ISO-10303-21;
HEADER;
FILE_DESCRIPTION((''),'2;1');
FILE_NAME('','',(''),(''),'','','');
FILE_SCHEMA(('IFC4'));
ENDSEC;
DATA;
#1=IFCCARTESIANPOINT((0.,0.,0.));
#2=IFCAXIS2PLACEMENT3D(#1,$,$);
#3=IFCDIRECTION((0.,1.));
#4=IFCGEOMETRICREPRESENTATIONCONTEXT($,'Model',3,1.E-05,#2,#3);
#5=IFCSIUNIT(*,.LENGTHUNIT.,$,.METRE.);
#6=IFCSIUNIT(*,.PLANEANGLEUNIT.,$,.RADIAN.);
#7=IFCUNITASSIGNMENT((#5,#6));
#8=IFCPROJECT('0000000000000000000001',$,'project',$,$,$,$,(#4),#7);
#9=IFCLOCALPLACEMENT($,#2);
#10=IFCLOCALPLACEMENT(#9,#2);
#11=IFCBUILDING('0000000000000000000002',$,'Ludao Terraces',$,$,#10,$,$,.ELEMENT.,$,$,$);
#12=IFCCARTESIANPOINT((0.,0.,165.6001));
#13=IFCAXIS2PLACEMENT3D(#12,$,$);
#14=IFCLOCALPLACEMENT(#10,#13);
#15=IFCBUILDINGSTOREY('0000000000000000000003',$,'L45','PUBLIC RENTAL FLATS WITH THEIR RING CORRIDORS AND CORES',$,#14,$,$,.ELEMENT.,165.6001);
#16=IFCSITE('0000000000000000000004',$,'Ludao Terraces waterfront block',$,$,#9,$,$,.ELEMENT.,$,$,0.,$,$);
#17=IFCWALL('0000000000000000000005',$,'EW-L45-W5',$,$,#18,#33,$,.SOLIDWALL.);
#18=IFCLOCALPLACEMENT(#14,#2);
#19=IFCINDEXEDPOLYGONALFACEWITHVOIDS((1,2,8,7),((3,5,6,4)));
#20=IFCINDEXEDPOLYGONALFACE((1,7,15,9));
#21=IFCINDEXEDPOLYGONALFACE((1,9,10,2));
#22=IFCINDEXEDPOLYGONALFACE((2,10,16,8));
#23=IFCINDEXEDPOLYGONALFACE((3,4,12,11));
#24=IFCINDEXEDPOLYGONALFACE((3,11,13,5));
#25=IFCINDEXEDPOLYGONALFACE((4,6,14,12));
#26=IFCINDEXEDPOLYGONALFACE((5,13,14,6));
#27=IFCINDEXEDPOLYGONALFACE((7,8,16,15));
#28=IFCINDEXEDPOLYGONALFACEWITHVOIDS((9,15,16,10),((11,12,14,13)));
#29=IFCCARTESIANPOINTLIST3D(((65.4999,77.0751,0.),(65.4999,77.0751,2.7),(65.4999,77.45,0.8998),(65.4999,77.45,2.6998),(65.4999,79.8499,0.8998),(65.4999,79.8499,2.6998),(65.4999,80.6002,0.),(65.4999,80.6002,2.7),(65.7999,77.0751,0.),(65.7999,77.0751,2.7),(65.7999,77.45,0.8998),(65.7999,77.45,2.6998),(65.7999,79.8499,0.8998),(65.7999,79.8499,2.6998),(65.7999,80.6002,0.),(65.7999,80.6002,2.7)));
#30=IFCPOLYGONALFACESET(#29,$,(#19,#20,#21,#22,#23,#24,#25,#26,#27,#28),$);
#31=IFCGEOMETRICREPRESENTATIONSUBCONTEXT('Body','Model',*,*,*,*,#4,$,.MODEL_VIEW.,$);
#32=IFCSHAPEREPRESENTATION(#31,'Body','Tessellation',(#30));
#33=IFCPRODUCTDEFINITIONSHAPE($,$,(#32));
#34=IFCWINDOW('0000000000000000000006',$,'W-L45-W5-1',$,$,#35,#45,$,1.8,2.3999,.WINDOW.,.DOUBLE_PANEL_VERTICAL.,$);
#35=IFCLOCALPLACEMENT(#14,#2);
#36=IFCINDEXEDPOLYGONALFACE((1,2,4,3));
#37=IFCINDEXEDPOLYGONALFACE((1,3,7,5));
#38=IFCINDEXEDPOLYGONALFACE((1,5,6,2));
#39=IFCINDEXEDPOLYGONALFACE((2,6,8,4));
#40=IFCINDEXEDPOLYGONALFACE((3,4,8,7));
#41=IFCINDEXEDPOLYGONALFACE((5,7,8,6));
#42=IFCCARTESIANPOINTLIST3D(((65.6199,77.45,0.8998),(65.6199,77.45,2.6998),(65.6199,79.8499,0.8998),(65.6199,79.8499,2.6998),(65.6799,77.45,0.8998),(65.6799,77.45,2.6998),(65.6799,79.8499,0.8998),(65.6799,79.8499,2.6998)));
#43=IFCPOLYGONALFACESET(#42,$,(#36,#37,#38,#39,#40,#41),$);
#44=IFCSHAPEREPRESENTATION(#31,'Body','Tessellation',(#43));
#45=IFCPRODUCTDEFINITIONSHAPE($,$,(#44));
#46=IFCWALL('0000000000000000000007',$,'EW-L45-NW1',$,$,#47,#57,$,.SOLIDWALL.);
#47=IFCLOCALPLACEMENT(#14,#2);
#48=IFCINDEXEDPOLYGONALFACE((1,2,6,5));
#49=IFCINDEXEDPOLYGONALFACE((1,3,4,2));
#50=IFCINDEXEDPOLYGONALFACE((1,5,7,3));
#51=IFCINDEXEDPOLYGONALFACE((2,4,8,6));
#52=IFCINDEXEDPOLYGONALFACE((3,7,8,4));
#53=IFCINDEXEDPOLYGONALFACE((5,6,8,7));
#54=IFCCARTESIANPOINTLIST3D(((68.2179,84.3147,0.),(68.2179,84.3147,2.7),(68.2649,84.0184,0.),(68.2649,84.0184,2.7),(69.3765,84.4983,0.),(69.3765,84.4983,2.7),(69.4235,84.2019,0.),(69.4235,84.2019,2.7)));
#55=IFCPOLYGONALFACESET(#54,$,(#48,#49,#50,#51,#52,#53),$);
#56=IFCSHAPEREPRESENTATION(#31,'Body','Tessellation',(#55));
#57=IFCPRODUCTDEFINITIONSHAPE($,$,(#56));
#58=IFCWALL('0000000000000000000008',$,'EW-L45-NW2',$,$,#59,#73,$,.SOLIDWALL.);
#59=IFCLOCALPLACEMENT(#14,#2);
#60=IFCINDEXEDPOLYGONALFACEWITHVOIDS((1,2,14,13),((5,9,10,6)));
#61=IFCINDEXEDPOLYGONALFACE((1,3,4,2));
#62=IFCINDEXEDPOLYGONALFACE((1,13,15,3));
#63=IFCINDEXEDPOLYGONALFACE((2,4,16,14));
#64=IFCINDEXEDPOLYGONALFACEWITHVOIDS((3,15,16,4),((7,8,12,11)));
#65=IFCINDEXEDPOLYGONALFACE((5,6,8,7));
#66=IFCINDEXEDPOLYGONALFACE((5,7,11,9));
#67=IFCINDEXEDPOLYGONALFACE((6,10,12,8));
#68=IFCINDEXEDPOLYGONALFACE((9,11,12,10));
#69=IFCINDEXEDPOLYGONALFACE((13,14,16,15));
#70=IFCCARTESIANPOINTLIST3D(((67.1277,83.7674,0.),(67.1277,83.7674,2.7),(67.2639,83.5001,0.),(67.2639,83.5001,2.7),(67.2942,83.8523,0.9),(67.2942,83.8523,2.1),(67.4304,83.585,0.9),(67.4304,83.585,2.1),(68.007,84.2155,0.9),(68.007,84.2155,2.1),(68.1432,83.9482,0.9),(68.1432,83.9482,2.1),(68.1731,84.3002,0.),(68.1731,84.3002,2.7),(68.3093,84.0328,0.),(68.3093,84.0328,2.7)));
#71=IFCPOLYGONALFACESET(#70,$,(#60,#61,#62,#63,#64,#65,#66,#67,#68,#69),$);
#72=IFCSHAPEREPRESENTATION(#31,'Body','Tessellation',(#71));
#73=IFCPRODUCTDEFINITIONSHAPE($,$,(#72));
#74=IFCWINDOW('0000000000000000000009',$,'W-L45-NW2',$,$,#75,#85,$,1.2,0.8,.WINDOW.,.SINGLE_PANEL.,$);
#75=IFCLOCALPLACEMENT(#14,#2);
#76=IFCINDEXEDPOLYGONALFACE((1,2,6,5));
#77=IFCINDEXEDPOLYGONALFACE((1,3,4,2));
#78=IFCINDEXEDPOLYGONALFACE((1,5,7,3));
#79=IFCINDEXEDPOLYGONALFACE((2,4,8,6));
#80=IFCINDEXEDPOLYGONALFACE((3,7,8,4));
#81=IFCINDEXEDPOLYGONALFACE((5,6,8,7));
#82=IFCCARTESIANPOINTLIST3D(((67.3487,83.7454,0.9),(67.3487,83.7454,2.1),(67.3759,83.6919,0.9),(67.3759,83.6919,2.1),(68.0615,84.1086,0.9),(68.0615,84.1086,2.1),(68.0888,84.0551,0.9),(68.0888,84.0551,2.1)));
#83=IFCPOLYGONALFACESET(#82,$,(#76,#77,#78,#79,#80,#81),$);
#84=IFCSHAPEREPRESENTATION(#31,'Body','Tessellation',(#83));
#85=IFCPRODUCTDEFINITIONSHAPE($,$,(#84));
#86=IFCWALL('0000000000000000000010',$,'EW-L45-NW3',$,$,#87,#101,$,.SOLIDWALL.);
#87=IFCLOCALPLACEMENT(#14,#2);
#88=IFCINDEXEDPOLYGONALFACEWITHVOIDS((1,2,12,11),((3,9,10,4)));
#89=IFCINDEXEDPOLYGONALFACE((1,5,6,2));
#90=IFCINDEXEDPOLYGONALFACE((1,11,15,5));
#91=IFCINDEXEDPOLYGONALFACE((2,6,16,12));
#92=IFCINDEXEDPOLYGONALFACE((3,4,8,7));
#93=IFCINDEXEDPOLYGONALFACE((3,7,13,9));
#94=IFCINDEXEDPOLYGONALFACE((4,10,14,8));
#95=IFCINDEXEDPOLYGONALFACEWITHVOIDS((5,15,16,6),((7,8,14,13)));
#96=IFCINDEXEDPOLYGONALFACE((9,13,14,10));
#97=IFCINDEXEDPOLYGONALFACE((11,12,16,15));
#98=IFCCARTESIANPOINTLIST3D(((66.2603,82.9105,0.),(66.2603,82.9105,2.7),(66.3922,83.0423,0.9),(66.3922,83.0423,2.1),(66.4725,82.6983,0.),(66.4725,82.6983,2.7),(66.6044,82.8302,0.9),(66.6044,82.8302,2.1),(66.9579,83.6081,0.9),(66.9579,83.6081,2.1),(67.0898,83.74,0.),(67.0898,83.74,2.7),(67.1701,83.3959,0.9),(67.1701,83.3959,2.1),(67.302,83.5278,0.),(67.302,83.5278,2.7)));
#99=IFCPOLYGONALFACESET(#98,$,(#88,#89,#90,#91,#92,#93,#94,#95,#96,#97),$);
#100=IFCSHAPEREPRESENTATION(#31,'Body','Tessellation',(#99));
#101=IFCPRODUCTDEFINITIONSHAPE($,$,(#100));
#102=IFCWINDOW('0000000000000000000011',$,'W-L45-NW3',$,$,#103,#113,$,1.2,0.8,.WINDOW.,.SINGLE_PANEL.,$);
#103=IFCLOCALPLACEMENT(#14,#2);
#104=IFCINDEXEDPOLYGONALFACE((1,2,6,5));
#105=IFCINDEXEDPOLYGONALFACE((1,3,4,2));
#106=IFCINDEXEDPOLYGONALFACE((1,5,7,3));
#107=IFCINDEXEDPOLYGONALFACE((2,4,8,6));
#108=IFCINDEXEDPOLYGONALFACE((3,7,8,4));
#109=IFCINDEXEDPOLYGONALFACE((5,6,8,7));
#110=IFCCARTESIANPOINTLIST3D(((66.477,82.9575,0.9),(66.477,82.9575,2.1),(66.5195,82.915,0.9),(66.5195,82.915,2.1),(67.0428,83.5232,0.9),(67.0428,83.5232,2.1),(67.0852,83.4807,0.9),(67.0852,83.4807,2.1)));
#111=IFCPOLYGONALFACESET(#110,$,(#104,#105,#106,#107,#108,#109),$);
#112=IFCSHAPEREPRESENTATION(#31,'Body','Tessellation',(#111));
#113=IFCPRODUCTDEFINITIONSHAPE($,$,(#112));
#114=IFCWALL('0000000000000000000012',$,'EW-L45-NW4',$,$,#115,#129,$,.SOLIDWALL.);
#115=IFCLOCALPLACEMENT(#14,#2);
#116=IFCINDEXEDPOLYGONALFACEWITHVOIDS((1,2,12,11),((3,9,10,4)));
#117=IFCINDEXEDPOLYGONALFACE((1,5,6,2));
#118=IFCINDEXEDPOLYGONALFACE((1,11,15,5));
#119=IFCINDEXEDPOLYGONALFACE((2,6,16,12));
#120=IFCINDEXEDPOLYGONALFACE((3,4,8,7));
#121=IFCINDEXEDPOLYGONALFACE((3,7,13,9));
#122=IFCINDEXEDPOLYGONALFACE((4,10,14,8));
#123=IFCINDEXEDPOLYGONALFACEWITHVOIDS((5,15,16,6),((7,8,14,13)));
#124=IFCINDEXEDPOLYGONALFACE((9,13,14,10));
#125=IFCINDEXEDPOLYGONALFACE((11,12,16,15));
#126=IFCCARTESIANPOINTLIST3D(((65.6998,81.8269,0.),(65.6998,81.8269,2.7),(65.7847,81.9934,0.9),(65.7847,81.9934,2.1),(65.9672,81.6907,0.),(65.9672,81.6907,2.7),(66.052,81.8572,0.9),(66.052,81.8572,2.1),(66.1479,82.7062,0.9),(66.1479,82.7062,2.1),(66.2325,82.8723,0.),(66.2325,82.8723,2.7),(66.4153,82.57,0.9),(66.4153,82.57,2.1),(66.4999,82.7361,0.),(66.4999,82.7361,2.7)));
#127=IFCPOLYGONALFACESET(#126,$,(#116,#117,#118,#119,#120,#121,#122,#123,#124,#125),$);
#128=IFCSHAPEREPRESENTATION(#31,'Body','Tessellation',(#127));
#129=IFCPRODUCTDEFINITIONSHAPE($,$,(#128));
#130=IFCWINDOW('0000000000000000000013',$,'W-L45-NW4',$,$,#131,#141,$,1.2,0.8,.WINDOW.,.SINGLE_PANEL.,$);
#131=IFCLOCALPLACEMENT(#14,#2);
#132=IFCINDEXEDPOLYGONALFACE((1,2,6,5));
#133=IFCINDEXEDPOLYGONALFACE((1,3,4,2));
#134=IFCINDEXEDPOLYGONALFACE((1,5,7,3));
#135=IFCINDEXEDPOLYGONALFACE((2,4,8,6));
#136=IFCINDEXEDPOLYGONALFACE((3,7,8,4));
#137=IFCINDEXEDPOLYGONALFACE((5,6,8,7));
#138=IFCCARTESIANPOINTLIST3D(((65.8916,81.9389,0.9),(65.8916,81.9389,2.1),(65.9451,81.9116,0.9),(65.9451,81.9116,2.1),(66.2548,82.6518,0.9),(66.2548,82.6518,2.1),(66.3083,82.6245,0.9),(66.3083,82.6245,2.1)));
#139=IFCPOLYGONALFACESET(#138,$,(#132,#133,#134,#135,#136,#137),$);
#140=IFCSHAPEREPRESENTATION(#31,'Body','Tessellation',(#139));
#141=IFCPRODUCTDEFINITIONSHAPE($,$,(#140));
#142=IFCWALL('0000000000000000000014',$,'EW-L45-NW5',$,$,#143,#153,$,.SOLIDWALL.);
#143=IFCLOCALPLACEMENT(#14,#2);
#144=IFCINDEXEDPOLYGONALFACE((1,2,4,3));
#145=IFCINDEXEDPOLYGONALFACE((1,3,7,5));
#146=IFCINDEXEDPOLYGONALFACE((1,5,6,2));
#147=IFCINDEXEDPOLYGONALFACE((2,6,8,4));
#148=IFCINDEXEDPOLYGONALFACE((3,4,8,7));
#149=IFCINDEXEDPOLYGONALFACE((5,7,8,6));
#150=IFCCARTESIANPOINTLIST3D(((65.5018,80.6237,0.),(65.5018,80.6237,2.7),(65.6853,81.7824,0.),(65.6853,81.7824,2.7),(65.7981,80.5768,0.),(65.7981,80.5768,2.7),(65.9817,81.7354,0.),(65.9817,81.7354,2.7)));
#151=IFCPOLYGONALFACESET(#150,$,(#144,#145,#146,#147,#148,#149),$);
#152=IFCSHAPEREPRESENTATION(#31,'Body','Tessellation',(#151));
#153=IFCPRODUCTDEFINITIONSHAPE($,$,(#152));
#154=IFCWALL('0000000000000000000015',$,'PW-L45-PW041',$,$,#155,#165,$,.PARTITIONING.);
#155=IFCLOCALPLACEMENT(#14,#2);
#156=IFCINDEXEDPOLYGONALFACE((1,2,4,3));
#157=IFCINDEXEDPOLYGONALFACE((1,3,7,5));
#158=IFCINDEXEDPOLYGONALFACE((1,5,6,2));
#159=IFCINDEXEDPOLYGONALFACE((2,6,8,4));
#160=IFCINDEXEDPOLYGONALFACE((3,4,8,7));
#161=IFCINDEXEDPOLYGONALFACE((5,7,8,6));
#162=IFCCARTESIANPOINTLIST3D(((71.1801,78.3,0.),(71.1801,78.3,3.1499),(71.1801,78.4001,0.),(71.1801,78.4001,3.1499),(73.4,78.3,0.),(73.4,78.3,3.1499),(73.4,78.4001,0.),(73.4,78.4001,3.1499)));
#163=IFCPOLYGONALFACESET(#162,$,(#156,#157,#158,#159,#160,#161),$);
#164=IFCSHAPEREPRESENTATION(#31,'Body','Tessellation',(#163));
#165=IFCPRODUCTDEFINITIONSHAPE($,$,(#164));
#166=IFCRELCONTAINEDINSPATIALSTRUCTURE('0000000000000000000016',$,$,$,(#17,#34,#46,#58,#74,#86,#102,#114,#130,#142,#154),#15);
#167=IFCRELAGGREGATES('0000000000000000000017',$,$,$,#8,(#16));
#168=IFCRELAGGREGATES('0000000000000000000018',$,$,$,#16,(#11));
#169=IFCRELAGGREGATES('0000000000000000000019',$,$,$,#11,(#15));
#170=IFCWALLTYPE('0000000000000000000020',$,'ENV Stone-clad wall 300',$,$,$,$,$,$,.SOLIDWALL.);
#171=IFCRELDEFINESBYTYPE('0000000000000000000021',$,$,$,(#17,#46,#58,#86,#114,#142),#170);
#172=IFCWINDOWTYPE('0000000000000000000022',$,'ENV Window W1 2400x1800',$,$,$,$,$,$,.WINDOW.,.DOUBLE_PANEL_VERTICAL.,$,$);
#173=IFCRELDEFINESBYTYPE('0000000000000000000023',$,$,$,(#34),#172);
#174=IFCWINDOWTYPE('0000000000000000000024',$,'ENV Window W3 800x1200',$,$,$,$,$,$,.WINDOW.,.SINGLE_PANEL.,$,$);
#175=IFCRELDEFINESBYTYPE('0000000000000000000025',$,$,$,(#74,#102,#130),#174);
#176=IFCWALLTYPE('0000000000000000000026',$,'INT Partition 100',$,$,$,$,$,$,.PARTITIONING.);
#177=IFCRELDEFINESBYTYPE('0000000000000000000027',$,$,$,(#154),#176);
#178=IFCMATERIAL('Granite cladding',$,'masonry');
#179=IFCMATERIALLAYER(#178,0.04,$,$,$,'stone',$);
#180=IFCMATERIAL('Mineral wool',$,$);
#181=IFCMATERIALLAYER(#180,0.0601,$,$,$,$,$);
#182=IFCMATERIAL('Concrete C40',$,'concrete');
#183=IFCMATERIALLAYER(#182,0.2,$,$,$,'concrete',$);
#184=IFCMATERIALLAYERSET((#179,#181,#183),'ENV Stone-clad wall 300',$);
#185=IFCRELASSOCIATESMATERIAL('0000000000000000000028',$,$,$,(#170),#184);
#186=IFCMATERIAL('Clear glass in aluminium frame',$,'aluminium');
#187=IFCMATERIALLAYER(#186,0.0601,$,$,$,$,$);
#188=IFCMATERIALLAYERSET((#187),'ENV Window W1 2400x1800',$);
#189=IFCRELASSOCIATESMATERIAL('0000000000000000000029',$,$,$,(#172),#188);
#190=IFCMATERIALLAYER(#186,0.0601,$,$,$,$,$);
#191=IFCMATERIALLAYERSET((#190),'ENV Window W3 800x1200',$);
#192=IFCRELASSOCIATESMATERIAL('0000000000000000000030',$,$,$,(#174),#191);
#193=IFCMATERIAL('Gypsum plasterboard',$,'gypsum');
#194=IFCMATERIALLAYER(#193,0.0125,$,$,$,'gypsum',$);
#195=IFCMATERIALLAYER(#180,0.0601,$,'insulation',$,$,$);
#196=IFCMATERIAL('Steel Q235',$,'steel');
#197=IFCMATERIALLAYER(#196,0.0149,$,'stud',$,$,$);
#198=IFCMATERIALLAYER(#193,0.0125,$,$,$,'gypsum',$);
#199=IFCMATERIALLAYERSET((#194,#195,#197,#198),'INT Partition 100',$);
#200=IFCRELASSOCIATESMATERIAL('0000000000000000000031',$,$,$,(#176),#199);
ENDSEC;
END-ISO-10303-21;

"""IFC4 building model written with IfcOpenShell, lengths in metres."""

from ifc_helpers import new_model, si_unit, direction, frame, frame_2d, origin, place, context, subcontext, project, spatial, rectangle, extrude, material, layer, layer_set, type_object, element, fill, save


model = new_model("IFC4")

# Units and contexts
model_context = context("Model", 3, precision=1e-05, world=origin(), true_north=direction((0.0, 1.0)))
body_context = subcontext(model_context, "Body", "Model", "MODEL_VIEW")
ifc_project = project(units=[si_unit("LENGTHUNIT", "METRE"), si_unit("PLANEANGLEUNIT", "RADIAN")], contexts=[model_context])

# Site, building, storey
site_placement = place(None, origin())
site = spatial("IfcSite", under=ifc_project, at=site_placement, Name="Ludao Terraces waterfront block", CompositionType="ELEMENT", RefElevation=0.0)
building_placement = place(site_placement, origin())
building = spatial("IfcBuilding", under=site, at=building_placement, Name="Ludao Terraces", CompositionType="ELEMENT")
storey_placement = place(building_placement, frame((0.0, 0.0, 165.6001)))
storey = spatial("IfcBuildingStorey", under=building, at=storey_placement, Name="L45", Description="PUBLIC RENTAL FLATS WITH THEIR RING CORRIDORS AND CORES", CompositionType="ELEMENT", Elevation=165.6001)

# Shared definitions
ifc_material_1 = material(Name="Concrete C40", Category="concrete")

# Shared definitions
ifc_material_2 = material(Name="Steel Q235", Category="steel")

# Shared definitions
ifc_material_3 = material(Name="Granite cladding", Category="masonry")
ifc_layer_1 = layer(ifc_material_3, 0.04, Category="stone")
ifc_material_4 = material(Name="Mineral wool")
ifc_layer_2 = layer(ifc_material_4, 0.0601)
ifc_layer_3 = layer(ifc_material_1, 0.2, Category="concrete")
ifc_layer_set_1 = layer_set([ifc_layer_1, ifc_layer_2, ifc_layer_3], Name="ENV Stone-clad wall 300")
wall_type_1 = type_object("IfcWallType", Name="ENV Stone-clad wall 300", PredefinedType="SOLIDWALL", material=ifc_layer_set_1)
ifc_material_5 = material(Name="Clear glass in aluminium frame", Category="aluminium")
ifc_layer_4 = layer(ifc_material_5, 0.0601)
ifc_layer_set_2 = layer_set([ifc_layer_4], Name="ENV Window W1 2400x1800")
window_type_1 = type_object("IfcWindowType", Name="ENV Window W1 2400x1800", PartitioningType="DOUBLE_PANEL_VERTICAL", PredefinedType="WINDOW", material=ifc_layer_set_2)

# Wall, opening, window
wall_1_placement = place(storey_placement, frame((65.6499, 77.075, 0.0), z_axis=(0.0, 0.0, 1.0), x_axis=(0.0, 1.0, 0.0)))
wall_1 = element("IfcWall", 1, at=wall_1_placement, inside=storey, type_object=wall_type_1, Name="EW-L45-W5", PredefinedType="SOLIDWALL", context=body_context, shape_type="SweptSolid", body=[
    extrude(rectangle(XDim=3.5251, YDim=0.3, at=frame_2d((1.7627, 0.0))), origin(), (0.0, 0.0, 1.0), 2.7),
])
opening_1_placement = place(wall_1_placement, frame((0.375, 0.0, 0.8999)))
opening_1 = element("IfcOpeningElement", 2, at=opening_1_placement, cuts=wall_1, PredefinedType="OPENING", context=body_context, shape_type="SweptSolid", body=[
    extrude(rectangle(XDim=2.3999, YDim=1.8, at=frame_2d((1.2, 0.8999))), frame((0.0, 0.1602, 0.0), z_axis=(0.0, -1.0, 0.0), x_axis=(1.0, 0.0, 0.0)), (0.0, 0.0, 1.0), 0.3201),
])
window_1_placement = place(opening_1_placement, origin())
window_1 = element("IfcWindow", 3, at=window_1_placement, inside=storey, type_object=window_type_1, Name="W-L45-W5-1", OverallHeight=1.8, OverallWidth=2.3999, PartitioningType="DOUBLE_PANEL_VERTICAL", PredefinedType="WINDOW", context=body_context, shape_type="SweptSolid", body=[
    extrude(rectangle(XDim=2.3999, YDim=1.8, at=frame_2d((1.2, 0.8999))), frame((0.0, 0.03, 0.0), z_axis=(0.0, -1.0, 0.0), x_axis=(1.0, 0.0, 0.0)), (0.0, 0.0, 1.0), 0.0601),
])
fill(opening_1, window_1)

# Wall
wall_2_placement = place(storey_placement, frame((69.3999, 84.3501, 0.0), z_axis=(0.0, 0.0, 1.0), x_axis=(-0.987678, -0.156497, 0.0)))
element("IfcWall", 4, at=wall_2_placement, inside=storey, type_object=wall_type_1, Name="EW-L45-NW1", PredefinedType="SOLIDWALL", context=body_context, shape_type="SweptSolid", body=[
    extrude(rectangle(XDim=1.1731, YDim=0.3, at=frame_2d((0.5864, 0.0))), origin(), (0.0, 0.0, 1.0), 2.7),
])

# Walls, openings, windows
wall_3_placement = place(storey_placement, frame((68.2412, 84.1665, 0.0), z_axis=(0.0, 0.0, 1.0), x_axis=(-0.890989, -0.454026, 0.0)))
wall_3 = element("IfcWall", 5, at=wall_3_placement, inside=storey, type_object=wall_type_1, Name="EW-L45-NW2", PredefinedType="SOLIDWALL", context=body_context, shape_type="SweptSolid", body=[
    extrude(rectangle(XDim=1.1733, YDim=0.3, at=frame_2d((0.5867, 0.0))), origin(), (0.0, 0.0, 1.0), 2.7),
])
opening_2_placement = place(wall_3_placement, frame((0.1865, 0.0, 0.8999)))
opening_2 = element("IfcOpeningElement", 6, at=opening_2_placement, cuts=wall_3, PredefinedType="OPENING", context=body_context, shape_type="SweptSolid", body=[
    extrude(rectangle(XDim=0.8, YDim=1.2, at=frame_2d((0.3999, 0.6001))), frame((0.0, 0.1602, 0.0), z_axis=(0.0, -1.0, 0.0), x_axis=(1.0, 0.0, 0.0)), (0.0, 0.0, 1.0), 0.3201),
])
ifc_layer_5 = layer(ifc_material_5, 0.0601)
ifc_layer_set_3 = layer_set([ifc_layer_5], Name="ENV Window W3 800x1200")
window_type_2 = type_object("IfcWindowType", Name="ENV Window W3 800x1200", PartitioningType="SINGLE_PANEL", PredefinedType="WINDOW", material=ifc_layer_set_3)
window_2_placement = place(opening_2_placement, origin())
window_2 = element("IfcWindow", 7, at=window_2_placement, inside=storey, type_object=window_type_2, Name="W-L45-NW2", OverallHeight=1.2, OverallWidth=0.8, PartitioningType="SINGLE_PANEL", PredefinedType="WINDOW", context=body_context, shape_type="SweptSolid", body=[
    extrude(rectangle(XDim=0.8, YDim=1.2, at=frame_2d((0.3999, 0.6001))), frame((0.0, 0.03, 0.0), z_axis=(0.0, -1.0, 0.0), x_axis=(1.0, 0.0, 0.0)), (0.0, 0.0, 1.0), 0.0601),
])
fill(opening_2, window_2)
wall_4_placement = place(storey_placement, frame((67.1958, 83.6338, 0.0), z_axis=(0.0, 0.0, 1.0), x_axis=(-0.707107, -0.707107, 0.0)))
wall_4 = element("IfcWall", 8, at=wall_4_placement, inside=storey, type_object=wall_type_1, Name="EW-L45-NW3", PredefinedType="SOLIDWALL", context=body_context, shape_type="SweptSolid", body=[
    extrude(rectangle(XDim=1.1731, YDim=0.3, at=frame_2d((0.5864, 0.0))), origin(), (0.0, 0.0, 1.0), 2.7),
])
opening_3_placement = place(wall_4_placement, frame((0.1865, 0.0, 0.8999)))
opening_3 = element("IfcOpeningElement", 9, at=opening_3_placement, cuts=wall_4, PredefinedType="OPENING", context=body_context, shape_type="SweptSolid", body=[
    extrude(rectangle(XDim=0.8, YDim=1.2, at=frame_2d((0.3999, 0.6001))), frame((0.0, 0.1602, 0.0), z_axis=(0.0, -1.0, 0.0), x_axis=(1.0, 0.0, 0.0)), (0.0, 0.0, 1.0), 0.3201),
])
window_3_placement = place(opening_3_placement, origin())
window_3 = element("IfcWindow", 10, at=window_3_placement, inside=storey, type_object=window_type_2, Name="W-L45-NW3", OverallHeight=1.2, OverallWidth=0.8, PartitioningType="SINGLE_PANEL", PredefinedType="WINDOW", context=body_context, shape_type="SweptSolid", body=[
    extrude(rectangle(XDim=0.8, YDim=1.2, at=frame_2d((0.3999, 0.6001))), frame((0.0, 0.03, 0.0), z_axis=(0.0, -1.0, 0.0), x_axis=(1.0, 0.0, 0.0)), (0.0, 0.0, 1.0), 0.0601),
])
fill(opening_3, window_3)
wall_5_placement = place(storey_placement, frame((66.3662, 82.8042, 0.0), z_axis=(0.0, 0.0, 1.0), x_axis=(-0.454026, -0.890989, 0.0)))
wall_5 = element("IfcWall", 11, at=wall_5_placement, inside=storey, type_object=wall_type_1, Name="EW-L45-NW4", PredefinedType="SOLIDWALL", context=body_context, shape_type="SweptSolid", body=[
    extrude(rectangle(XDim=1.1733, YDim=0.3, at=frame_2d((0.5867, 0.0))), origin(), (0.0, 0.0, 1.0), 2.7),
])
opening_4_placement = place(wall_5_placement, frame((0.1865, 0.0, 0.8999)))
opening_4 = element("IfcOpeningElement", 12, at=opening_4_placement, cuts=wall_5, PredefinedType="OPENING", context=body_context, shape_type="SweptSolid", body=[
    extrude(rectangle(XDim=0.8, YDim=1.2, at=frame_2d((0.3999, 0.6001))), frame((0.0, 0.1602, 0.0), z_axis=(0.0, -1.0, 0.0), x_axis=(1.0, 0.0, 0.0)), (0.0, 0.0, 1.0), 0.3201),
])
window_4_placement = place(opening_4_placement, origin())
window_4 = element("IfcWindow", 13, at=window_4_placement, inside=storey, type_object=window_type_2, Name="W-L45-NW4", OverallHeight=1.2, OverallWidth=0.8, PartitioningType="SINGLE_PANEL", PredefinedType="WINDOW", context=body_context, shape_type="SweptSolid", body=[
    extrude(rectangle(XDim=0.8, YDim=1.2, at=frame_2d((0.3999, 0.6001))), frame((0.0, 0.03, 0.0), z_axis=(0.0, -1.0, 0.0), x_axis=(1.0, 0.0, 0.0)), (0.0, 0.0, 1.0), 0.0601),
])
fill(opening_4, window_4)

# Walls
wall_6_placement = place(storey_placement, frame((65.8335, 81.7588, 0.0), z_axis=(0.0, 0.0, 1.0), x_axis=(-0.156497, -0.987678, 0.0)))
element("IfcWall", 14, at=wall_6_placement, inside=storey, type_object=wall_type_1, Name="EW-L45-NW5", PredefinedType="SOLIDWALL", context=body_context, shape_type="SweptSolid", body=[
    extrude(rectangle(XDim=1.1731, YDim=0.3, at=frame_2d((0.5864, 0.0))), origin(), (0.0, 0.0, 1.0), 2.7),
])
ifc_material_6 = material(Name="Gypsum plasterboard", Category="gypsum")
ifc_layer_6 = layer(ifc_material_6, 0.0125, Category="gypsum")
ifc_layer_7 = layer(ifc_material_4, 0.0601, Name="insulation")
ifc_layer_8 = layer(ifc_material_2, 0.0149, Name="stud")
ifc_layer_9 = layer(ifc_material_6, 0.0125, Category="gypsum")
ifc_layer_set_4 = layer_set([ifc_layer_6, ifc_layer_7, ifc_layer_8, ifc_layer_9], Name="INT Partition 100")
wall_type_2 = type_object("IfcWallType", Name="INT Partition 100", PredefinedType="PARTITIONING", material=ifc_layer_set_4)
for number, where, z_axis, x_axis, name in (
    (15, (71.1802, 78.3501, 0.0), (0.0, 0.0, 1.0), (1.0, 0.0, 0.0), "PW-L45-PW041"),
):
    element("IfcWall", number, at=place(storey_placement, frame(where, z_axis=z_axis, x_axis=x_axis)), inside=storey, type_object=wall_type_2, Name=name, PredefinedType="PARTITIONING", context=body_context, shape_type="SweptSolid", body=[
        extrude(rectangle(XDim=2.22, YDim=0.1001, at=frame_2d((1.1099, 0.0))), origin(), (0.0, 0.0, 1.0), 3.1499),
    ])

save(model, "model.ifc")
